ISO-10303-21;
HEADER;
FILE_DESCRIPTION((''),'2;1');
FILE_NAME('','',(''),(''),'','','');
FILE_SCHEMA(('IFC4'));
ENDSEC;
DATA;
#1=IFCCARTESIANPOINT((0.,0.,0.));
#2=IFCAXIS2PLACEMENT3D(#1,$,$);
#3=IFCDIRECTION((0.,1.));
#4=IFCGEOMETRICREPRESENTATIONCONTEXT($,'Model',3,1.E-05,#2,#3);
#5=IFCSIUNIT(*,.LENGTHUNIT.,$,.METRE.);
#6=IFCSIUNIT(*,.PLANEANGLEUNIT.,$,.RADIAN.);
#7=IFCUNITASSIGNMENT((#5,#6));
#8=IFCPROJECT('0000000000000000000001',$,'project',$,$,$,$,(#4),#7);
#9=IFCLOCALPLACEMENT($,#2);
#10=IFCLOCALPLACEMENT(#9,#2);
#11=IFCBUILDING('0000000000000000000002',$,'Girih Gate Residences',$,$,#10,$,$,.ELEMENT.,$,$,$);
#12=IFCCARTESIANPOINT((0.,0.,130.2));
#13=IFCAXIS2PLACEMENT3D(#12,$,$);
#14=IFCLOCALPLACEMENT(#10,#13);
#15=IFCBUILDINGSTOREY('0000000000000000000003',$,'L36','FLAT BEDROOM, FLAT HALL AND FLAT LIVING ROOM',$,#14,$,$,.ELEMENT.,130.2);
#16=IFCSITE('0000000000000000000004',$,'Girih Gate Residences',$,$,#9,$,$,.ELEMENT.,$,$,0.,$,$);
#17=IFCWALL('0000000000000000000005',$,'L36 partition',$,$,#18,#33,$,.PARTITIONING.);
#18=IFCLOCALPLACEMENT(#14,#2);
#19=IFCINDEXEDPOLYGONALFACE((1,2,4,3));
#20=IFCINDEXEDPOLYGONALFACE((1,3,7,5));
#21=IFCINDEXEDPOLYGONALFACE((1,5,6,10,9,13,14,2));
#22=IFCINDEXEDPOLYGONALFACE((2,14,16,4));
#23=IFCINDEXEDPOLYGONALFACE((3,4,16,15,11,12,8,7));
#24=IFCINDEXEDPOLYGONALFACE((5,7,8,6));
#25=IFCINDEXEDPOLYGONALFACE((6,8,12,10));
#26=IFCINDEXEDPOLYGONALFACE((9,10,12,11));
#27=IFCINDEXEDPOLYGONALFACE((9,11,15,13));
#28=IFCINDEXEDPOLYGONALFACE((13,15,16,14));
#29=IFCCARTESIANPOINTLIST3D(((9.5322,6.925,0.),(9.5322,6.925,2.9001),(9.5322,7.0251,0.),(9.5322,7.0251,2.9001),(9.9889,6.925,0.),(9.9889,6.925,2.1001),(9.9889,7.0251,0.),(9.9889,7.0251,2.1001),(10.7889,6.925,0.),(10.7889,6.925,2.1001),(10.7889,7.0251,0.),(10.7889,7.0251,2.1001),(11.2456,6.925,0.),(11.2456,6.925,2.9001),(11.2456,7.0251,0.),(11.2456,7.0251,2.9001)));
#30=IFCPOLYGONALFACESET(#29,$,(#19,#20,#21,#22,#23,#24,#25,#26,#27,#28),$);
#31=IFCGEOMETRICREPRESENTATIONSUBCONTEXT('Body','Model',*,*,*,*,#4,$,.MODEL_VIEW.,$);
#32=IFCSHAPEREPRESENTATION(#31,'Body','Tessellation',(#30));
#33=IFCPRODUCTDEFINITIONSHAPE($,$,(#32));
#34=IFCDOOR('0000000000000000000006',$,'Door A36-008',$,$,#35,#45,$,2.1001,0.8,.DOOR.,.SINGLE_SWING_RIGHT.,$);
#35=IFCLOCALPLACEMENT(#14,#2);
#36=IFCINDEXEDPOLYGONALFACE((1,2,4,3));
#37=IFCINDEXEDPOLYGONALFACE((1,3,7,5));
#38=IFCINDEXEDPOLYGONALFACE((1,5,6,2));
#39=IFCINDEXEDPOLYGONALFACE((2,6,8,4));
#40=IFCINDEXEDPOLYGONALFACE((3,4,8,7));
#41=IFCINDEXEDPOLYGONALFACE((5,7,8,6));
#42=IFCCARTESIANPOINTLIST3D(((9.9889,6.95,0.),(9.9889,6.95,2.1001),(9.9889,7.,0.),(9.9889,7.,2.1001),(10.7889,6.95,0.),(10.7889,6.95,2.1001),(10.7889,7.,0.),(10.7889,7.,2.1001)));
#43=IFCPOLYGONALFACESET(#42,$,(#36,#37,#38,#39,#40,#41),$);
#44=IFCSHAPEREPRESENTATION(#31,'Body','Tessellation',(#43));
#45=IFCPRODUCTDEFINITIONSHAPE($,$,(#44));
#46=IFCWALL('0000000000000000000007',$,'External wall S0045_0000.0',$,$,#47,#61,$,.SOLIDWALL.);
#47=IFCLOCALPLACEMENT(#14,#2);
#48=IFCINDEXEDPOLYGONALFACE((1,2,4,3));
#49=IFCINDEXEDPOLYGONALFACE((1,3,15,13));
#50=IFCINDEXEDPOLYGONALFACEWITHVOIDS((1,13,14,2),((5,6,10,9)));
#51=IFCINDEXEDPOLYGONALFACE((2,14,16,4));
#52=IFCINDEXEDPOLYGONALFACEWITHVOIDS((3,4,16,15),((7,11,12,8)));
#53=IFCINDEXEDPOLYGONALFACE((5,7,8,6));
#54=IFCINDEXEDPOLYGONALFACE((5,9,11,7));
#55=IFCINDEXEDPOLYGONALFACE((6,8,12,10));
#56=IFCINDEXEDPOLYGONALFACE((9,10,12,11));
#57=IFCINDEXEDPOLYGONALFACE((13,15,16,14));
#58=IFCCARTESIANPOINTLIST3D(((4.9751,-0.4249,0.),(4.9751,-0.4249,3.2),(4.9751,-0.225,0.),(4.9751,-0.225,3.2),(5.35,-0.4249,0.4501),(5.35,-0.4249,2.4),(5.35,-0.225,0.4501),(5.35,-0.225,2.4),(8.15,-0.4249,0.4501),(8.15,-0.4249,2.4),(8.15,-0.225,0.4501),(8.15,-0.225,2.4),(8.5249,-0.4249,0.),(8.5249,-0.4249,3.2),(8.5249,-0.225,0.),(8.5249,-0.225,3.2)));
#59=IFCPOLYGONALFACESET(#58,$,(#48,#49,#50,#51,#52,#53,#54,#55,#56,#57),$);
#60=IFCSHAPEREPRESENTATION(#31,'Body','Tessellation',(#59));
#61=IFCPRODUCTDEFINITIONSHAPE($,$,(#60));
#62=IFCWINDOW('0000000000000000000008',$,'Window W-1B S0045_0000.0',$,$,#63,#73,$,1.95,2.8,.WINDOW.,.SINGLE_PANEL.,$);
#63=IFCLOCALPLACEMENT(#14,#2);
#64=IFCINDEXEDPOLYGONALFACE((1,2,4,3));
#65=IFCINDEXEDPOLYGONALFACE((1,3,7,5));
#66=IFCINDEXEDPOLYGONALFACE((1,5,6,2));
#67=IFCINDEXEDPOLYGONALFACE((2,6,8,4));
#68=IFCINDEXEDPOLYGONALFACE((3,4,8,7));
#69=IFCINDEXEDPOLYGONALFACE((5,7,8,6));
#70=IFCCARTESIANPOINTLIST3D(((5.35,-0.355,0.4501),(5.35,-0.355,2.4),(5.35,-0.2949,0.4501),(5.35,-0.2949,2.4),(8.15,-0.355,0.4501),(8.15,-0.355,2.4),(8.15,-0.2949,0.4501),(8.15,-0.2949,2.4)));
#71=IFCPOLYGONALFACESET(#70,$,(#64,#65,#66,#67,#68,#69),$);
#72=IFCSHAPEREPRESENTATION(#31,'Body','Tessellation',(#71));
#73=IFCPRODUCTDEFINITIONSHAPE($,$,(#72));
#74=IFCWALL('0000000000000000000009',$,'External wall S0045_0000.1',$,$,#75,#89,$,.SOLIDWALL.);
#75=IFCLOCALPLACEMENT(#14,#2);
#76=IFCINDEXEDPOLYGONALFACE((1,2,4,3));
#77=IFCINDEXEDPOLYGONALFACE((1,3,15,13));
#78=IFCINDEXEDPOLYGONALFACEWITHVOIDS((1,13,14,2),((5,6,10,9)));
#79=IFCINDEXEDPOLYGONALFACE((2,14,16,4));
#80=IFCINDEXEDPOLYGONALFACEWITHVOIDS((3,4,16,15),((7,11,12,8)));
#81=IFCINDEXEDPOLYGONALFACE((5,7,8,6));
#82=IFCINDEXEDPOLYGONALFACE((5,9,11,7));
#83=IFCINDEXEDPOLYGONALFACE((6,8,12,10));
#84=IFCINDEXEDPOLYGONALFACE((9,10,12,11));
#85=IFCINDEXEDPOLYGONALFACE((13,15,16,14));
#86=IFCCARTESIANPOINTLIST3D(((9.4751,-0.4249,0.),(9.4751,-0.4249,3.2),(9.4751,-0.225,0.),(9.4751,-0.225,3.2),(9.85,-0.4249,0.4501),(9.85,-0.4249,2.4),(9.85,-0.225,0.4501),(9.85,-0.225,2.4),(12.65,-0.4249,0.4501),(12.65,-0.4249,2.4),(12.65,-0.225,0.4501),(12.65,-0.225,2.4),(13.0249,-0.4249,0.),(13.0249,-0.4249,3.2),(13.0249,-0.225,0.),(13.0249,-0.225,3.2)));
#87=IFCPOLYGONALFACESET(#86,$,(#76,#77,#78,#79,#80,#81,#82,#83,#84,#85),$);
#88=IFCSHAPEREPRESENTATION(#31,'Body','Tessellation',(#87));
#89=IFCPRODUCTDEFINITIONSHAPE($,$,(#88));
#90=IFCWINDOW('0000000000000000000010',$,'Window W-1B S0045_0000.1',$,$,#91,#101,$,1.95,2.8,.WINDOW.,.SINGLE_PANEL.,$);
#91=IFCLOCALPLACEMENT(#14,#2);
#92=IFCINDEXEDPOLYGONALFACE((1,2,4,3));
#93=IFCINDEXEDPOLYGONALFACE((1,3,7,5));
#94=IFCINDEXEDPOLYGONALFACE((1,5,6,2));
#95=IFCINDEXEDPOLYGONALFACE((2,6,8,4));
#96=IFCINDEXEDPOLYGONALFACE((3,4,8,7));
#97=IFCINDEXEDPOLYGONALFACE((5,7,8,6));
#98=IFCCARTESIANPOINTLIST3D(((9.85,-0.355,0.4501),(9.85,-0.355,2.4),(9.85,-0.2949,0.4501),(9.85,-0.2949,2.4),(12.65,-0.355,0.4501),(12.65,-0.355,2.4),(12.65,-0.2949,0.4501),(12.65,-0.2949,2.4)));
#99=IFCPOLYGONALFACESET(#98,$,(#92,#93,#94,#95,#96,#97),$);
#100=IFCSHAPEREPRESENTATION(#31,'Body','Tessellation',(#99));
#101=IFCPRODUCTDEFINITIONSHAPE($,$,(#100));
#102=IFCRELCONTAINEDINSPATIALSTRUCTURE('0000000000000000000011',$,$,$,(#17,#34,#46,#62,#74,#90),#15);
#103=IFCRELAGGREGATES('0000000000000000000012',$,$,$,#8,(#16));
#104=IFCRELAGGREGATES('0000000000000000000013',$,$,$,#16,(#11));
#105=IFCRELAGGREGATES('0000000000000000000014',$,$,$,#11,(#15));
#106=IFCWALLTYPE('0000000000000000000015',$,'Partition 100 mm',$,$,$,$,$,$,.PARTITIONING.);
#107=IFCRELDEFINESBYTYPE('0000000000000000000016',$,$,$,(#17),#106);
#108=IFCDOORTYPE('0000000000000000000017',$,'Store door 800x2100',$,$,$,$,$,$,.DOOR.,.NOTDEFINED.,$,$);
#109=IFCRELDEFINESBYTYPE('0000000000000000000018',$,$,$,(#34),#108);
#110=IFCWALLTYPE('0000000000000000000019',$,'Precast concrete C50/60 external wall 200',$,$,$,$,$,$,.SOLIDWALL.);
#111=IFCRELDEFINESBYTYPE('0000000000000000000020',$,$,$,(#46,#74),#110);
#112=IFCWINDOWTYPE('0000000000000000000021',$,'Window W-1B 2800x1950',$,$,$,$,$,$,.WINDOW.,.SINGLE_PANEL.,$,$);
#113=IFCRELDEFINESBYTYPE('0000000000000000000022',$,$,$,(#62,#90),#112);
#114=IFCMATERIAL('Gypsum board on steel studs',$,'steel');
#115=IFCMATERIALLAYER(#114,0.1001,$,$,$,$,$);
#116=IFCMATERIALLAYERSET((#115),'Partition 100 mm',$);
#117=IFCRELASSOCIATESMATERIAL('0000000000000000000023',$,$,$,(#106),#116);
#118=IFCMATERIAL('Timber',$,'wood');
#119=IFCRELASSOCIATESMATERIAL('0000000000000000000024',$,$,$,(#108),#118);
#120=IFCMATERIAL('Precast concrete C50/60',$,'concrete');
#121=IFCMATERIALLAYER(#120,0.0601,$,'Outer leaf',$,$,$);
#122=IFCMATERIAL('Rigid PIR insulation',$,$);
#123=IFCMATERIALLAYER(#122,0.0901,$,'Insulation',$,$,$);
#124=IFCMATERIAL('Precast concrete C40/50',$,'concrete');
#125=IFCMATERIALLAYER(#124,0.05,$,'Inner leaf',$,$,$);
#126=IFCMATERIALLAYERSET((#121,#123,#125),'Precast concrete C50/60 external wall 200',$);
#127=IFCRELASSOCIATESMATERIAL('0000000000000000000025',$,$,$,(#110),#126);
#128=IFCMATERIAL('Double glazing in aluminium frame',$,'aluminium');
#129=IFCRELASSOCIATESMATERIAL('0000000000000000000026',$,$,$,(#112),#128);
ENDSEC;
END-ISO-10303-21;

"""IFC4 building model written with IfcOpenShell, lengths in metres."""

from ifc_helpers import new_model, si_unit, direction, frame, frame_2d, origin, place, context, subcontext, project, spatial, rectangle, extrude, material, layer, layer_set, type_object, element, fill, save


model = new_model("IFC4")

# Units and contexts
model_context = context("Model", 3, precision=1e-05, world=origin(), true_north=direction((0.0, 1.0)))
body_context = subcontext(model_context, "Body", "Model", "MODEL_VIEW")
ifc_project = project(units=[si_unit("LENGTHUNIT", "METRE"), si_unit("PLANEANGLEUNIT", "RADIAN")], contexts=[model_context])

# Site, building, storey
site_placement = place(None, origin())
site = spatial("IfcSite", under=ifc_project, at=site_placement, Name="Girih Gate Residences", CompositionType="ELEMENT", RefElevation=0.0)
building_placement = place(site_placement, origin())
building = spatial("IfcBuilding", under=site, at=building_placement, Name="Girih Gate Residences", CompositionType="ELEMENT")
storey_placement = place(building_placement, frame((0.0, 0.0, 130.2)))
storey = spatial("IfcBuildingStorey", under=building, at=storey_placement, Name="L36", Description="FLAT BEDROOM, FLAT HALL AND FLAT LIVING ROOM", CompositionType="ELEMENT", Elevation=130.2)

# Shared definitions
ifc_material_1 = material(Name="Gypsum board on steel studs", Category="steel")
ifc_layer_1 = layer(ifc_material_1, 0.1001)
ifc_layer_set_1 = layer_set([ifc_layer_1], Name="Partition 100 mm")
wall_type_1 = type_object("IfcWallType", Name="Partition 100 mm", PredefinedType="PARTITIONING", material=ifc_layer_set_1)

# Shared definitions
ifc_material_2 = material(Name="Timber", Category="wood")

# Wall, opening, door
door_type_1 = type_object("IfcDoorType", Name="Store door 800x2100", OperationType="NOTDEFINED", PredefinedType="DOOR", material=ifc_material_2)
wall_1_placement = place(storey_placement, frame((9.5322, 6.9751, 0.0), z_axis=(0.0, 0.0, 1.0), x_axis=(1.0, 0.0, 0.0)))
wall_1 = element("IfcWall", 1, at=wall_1_placement, inside=storey, type_object=wall_type_1, Name="L36 partition", PredefinedType="PARTITIONING", context=body_context, shape_type="SweptSolid", body=[
    extrude(rectangle(XDim=1.7134, YDim=0.1001, at=frame_2d((0.8567, 0.0))), origin(), (0.0, 0.0, 1.0), 2.9001),
])
opening_1_placement = place(wall_1_placement, frame((0.4568, 0.0, 0.0)))
opening_1 = element("IfcOpeningElement", 2, at=opening_1_placement, cuts=wall_1, PredefinedType="OPENING", context=body_context, shape_type="SweptSolid", body=[
    extrude(rectangle(XDim=0.8, YDim=2.1001, at=frame_2d((0.3999, 1.05))), frame((0.0, 0.0601, 0.0), z_axis=(0.0, -1.0, 0.0), x_axis=(1.0, 0.0, 0.0)), (0.0, 0.0, 1.0), 0.1201),
])
door_1_placement = place(opening_1_placement, origin())
door_1 = element("IfcDoor", 3, at=door_1_placement, inside=storey, type_object=door_type_1, Name="Door A36-008", OperationType="SINGLE_SWING_RIGHT", OverallHeight=2.1001, OverallWidth=0.8, PredefinedType="DOOR", context=body_context, shape_type="SweptSolid", body=[
    extrude(rectangle(XDim=0.8, YDim=2.1001, at=frame_2d((0.3999, 1.05))), frame((0.0, 0.0249, 0.0), z_axis=(0.0, -1.0, 0.0), x_axis=(1.0, 0.0, 0.0)), (0.0, 0.0, 1.0), 0.05),
])
fill(opening_1, door_1)

# Walls, openings, windows
ifc_material_3 = material(Name="Precast concrete C50/60", Category="concrete")
ifc_layer_2 = layer(ifc_material_3, 0.0601, Name="Outer leaf")
ifc_material_4 = material(Name="Rigid PIR insulation")
ifc_layer_3 = layer(ifc_material_4, 0.0901, Name="Insulation")
ifc_material_5 = material(Name="Precast concrete C40/50", Category="concrete")
ifc_layer_4 = layer(ifc_material_5, 0.05, Name="Inner leaf")
ifc_layer_set_2 = layer_set([ifc_layer_2, ifc_layer_3, ifc_layer_4], Name="Precast concrete C50/60 external wall 200")
wall_type_2 = type_object("IfcWallType", Name="Precast concrete C50/60 external wall 200", PredefinedType="SOLIDWALL", material=ifc_layer_set_2)
wall_2_placement = place(storey_placement, frame((8.5249, -0.325, 0.0), z_axis=(0.0, 0.0, 1.0), x_axis=(-1.0, 0.0, 0.0)))
wall_2 = element("IfcWall", 4, at=wall_2_placement, inside=storey, type_object=wall_type_2, Name="External wall S0045_0000.0", PredefinedType="SOLIDWALL", context=body_context, shape_type="SweptSolid", body=[
    extrude(rectangle(XDim=3.5498, YDim=0.2, at=frame_2d((1.7749, 0.0))), origin(), (0.0, 0.0, 1.0), 3.2),
])
opening_2_placement = place(wall_2_placement, frame((0.375, 0.0, 0.45)))
opening_2 = element("IfcOpeningElement", 5, at=opening_2_placement, cuts=wall_2, PredefinedType="OPENING", context=body_context, shape_type="SweptSolid", body=[
    extrude(rectangle(XDim=2.8, YDim=1.95, at=frame_2d((1.3999, 0.9751))), frame((0.0, 0.1099, 0.0), z_axis=(0.0, -1.0, 0.0), x_axis=(1.0, 0.0, 0.0)), (0.0, 0.0, 1.0), 0.22),
])
ifc_material_6 = material(Name="Double glazing in aluminium frame", Category="aluminium")
window_type = type_object("IfcWindowType", Name="Window W-1B 2800x1950", PartitioningType="SINGLE_PANEL", PredefinedType="WINDOW", material=ifc_material_6)
window_1_placement = place(opening_2_placement, origin())
window_1 = element("IfcWindow", 6, at=window_1_placement, inside=storey, type_object=window_type, Name="Window W-1B S0045_0000.0", OverallHeight=1.95, OverallWidth=2.8, PartitioningType="SINGLE_PANEL", PredefinedType="WINDOW", context=body_context, shape_type="SweptSolid", body=[
    extrude(rectangle(XDim=2.8, YDim=1.95, at=frame_2d((1.3999, 0.9751))), frame((0.0, 0.03, 0.0), z_axis=(0.0, -1.0, 0.0), x_axis=(1.0, 0.0, 0.0)), (0.0, 0.0, 1.0), 0.0601),
])
fill(opening_2, window_1)
wall_3_placement = place(storey_placement, frame((13.0249, -0.325, 0.0), z_axis=(0.0, 0.0, 1.0), x_axis=(-1.0, 0.0, 0.0)))
wall_3 = element("IfcWall", 7, at=wall_3_placement, inside=storey, type_object=wall_type_2, Name="External wall S0045_0000.1", PredefinedType="SOLIDWALL", context=body_context, shape_type="SweptSolid", body=[
    extrude(rectangle(XDim=3.5498, YDim=0.2, at=frame_2d((1.7749, 0.0))), origin(), (0.0, 0.0, 1.0), 3.2),
])
opening_3_placement = place(wall_3_placement, frame((0.375, 0.0, 0.45)))
opening_3 = element("IfcOpeningElement", 8, at=opening_3_placement, cuts=wall_3, PredefinedType="OPENING", context=body_context, shape_type="SweptSolid", body=[
    extrude(rectangle(XDim=2.8, YDim=1.95, at=frame_2d((1.3999, 0.9751))), frame((0.0, 0.1099, 0.0), z_axis=(0.0, -1.0, 0.0), x_axis=(1.0, 0.0, 0.0)), (0.0, 0.0, 1.0), 0.22),
])
window_2_placement = place(opening_3_placement, origin())
window_2 = element("IfcWindow", 9, at=window_2_placement, inside=storey, type_object=window_type, Name="Window W-1B S0045_0000.1", OverallHeight=1.95, OverallWidth=2.8, PartitioningType="SINGLE_PANEL", PredefinedType="WINDOW", context=body_context, shape_type="SweptSolid", body=[
    extrude(rectangle(XDim=2.8, YDim=1.95, at=frame_2d((1.3999, 0.9751))), frame((0.0, 0.03, 0.0), z_axis=(0.0, -1.0, 0.0), x_axis=(1.0, 0.0, 0.0)), (0.0, 0.0, 1.0), 0.0601),
])
fill(opening_3, window_2)

save(model, "model.ifc")
